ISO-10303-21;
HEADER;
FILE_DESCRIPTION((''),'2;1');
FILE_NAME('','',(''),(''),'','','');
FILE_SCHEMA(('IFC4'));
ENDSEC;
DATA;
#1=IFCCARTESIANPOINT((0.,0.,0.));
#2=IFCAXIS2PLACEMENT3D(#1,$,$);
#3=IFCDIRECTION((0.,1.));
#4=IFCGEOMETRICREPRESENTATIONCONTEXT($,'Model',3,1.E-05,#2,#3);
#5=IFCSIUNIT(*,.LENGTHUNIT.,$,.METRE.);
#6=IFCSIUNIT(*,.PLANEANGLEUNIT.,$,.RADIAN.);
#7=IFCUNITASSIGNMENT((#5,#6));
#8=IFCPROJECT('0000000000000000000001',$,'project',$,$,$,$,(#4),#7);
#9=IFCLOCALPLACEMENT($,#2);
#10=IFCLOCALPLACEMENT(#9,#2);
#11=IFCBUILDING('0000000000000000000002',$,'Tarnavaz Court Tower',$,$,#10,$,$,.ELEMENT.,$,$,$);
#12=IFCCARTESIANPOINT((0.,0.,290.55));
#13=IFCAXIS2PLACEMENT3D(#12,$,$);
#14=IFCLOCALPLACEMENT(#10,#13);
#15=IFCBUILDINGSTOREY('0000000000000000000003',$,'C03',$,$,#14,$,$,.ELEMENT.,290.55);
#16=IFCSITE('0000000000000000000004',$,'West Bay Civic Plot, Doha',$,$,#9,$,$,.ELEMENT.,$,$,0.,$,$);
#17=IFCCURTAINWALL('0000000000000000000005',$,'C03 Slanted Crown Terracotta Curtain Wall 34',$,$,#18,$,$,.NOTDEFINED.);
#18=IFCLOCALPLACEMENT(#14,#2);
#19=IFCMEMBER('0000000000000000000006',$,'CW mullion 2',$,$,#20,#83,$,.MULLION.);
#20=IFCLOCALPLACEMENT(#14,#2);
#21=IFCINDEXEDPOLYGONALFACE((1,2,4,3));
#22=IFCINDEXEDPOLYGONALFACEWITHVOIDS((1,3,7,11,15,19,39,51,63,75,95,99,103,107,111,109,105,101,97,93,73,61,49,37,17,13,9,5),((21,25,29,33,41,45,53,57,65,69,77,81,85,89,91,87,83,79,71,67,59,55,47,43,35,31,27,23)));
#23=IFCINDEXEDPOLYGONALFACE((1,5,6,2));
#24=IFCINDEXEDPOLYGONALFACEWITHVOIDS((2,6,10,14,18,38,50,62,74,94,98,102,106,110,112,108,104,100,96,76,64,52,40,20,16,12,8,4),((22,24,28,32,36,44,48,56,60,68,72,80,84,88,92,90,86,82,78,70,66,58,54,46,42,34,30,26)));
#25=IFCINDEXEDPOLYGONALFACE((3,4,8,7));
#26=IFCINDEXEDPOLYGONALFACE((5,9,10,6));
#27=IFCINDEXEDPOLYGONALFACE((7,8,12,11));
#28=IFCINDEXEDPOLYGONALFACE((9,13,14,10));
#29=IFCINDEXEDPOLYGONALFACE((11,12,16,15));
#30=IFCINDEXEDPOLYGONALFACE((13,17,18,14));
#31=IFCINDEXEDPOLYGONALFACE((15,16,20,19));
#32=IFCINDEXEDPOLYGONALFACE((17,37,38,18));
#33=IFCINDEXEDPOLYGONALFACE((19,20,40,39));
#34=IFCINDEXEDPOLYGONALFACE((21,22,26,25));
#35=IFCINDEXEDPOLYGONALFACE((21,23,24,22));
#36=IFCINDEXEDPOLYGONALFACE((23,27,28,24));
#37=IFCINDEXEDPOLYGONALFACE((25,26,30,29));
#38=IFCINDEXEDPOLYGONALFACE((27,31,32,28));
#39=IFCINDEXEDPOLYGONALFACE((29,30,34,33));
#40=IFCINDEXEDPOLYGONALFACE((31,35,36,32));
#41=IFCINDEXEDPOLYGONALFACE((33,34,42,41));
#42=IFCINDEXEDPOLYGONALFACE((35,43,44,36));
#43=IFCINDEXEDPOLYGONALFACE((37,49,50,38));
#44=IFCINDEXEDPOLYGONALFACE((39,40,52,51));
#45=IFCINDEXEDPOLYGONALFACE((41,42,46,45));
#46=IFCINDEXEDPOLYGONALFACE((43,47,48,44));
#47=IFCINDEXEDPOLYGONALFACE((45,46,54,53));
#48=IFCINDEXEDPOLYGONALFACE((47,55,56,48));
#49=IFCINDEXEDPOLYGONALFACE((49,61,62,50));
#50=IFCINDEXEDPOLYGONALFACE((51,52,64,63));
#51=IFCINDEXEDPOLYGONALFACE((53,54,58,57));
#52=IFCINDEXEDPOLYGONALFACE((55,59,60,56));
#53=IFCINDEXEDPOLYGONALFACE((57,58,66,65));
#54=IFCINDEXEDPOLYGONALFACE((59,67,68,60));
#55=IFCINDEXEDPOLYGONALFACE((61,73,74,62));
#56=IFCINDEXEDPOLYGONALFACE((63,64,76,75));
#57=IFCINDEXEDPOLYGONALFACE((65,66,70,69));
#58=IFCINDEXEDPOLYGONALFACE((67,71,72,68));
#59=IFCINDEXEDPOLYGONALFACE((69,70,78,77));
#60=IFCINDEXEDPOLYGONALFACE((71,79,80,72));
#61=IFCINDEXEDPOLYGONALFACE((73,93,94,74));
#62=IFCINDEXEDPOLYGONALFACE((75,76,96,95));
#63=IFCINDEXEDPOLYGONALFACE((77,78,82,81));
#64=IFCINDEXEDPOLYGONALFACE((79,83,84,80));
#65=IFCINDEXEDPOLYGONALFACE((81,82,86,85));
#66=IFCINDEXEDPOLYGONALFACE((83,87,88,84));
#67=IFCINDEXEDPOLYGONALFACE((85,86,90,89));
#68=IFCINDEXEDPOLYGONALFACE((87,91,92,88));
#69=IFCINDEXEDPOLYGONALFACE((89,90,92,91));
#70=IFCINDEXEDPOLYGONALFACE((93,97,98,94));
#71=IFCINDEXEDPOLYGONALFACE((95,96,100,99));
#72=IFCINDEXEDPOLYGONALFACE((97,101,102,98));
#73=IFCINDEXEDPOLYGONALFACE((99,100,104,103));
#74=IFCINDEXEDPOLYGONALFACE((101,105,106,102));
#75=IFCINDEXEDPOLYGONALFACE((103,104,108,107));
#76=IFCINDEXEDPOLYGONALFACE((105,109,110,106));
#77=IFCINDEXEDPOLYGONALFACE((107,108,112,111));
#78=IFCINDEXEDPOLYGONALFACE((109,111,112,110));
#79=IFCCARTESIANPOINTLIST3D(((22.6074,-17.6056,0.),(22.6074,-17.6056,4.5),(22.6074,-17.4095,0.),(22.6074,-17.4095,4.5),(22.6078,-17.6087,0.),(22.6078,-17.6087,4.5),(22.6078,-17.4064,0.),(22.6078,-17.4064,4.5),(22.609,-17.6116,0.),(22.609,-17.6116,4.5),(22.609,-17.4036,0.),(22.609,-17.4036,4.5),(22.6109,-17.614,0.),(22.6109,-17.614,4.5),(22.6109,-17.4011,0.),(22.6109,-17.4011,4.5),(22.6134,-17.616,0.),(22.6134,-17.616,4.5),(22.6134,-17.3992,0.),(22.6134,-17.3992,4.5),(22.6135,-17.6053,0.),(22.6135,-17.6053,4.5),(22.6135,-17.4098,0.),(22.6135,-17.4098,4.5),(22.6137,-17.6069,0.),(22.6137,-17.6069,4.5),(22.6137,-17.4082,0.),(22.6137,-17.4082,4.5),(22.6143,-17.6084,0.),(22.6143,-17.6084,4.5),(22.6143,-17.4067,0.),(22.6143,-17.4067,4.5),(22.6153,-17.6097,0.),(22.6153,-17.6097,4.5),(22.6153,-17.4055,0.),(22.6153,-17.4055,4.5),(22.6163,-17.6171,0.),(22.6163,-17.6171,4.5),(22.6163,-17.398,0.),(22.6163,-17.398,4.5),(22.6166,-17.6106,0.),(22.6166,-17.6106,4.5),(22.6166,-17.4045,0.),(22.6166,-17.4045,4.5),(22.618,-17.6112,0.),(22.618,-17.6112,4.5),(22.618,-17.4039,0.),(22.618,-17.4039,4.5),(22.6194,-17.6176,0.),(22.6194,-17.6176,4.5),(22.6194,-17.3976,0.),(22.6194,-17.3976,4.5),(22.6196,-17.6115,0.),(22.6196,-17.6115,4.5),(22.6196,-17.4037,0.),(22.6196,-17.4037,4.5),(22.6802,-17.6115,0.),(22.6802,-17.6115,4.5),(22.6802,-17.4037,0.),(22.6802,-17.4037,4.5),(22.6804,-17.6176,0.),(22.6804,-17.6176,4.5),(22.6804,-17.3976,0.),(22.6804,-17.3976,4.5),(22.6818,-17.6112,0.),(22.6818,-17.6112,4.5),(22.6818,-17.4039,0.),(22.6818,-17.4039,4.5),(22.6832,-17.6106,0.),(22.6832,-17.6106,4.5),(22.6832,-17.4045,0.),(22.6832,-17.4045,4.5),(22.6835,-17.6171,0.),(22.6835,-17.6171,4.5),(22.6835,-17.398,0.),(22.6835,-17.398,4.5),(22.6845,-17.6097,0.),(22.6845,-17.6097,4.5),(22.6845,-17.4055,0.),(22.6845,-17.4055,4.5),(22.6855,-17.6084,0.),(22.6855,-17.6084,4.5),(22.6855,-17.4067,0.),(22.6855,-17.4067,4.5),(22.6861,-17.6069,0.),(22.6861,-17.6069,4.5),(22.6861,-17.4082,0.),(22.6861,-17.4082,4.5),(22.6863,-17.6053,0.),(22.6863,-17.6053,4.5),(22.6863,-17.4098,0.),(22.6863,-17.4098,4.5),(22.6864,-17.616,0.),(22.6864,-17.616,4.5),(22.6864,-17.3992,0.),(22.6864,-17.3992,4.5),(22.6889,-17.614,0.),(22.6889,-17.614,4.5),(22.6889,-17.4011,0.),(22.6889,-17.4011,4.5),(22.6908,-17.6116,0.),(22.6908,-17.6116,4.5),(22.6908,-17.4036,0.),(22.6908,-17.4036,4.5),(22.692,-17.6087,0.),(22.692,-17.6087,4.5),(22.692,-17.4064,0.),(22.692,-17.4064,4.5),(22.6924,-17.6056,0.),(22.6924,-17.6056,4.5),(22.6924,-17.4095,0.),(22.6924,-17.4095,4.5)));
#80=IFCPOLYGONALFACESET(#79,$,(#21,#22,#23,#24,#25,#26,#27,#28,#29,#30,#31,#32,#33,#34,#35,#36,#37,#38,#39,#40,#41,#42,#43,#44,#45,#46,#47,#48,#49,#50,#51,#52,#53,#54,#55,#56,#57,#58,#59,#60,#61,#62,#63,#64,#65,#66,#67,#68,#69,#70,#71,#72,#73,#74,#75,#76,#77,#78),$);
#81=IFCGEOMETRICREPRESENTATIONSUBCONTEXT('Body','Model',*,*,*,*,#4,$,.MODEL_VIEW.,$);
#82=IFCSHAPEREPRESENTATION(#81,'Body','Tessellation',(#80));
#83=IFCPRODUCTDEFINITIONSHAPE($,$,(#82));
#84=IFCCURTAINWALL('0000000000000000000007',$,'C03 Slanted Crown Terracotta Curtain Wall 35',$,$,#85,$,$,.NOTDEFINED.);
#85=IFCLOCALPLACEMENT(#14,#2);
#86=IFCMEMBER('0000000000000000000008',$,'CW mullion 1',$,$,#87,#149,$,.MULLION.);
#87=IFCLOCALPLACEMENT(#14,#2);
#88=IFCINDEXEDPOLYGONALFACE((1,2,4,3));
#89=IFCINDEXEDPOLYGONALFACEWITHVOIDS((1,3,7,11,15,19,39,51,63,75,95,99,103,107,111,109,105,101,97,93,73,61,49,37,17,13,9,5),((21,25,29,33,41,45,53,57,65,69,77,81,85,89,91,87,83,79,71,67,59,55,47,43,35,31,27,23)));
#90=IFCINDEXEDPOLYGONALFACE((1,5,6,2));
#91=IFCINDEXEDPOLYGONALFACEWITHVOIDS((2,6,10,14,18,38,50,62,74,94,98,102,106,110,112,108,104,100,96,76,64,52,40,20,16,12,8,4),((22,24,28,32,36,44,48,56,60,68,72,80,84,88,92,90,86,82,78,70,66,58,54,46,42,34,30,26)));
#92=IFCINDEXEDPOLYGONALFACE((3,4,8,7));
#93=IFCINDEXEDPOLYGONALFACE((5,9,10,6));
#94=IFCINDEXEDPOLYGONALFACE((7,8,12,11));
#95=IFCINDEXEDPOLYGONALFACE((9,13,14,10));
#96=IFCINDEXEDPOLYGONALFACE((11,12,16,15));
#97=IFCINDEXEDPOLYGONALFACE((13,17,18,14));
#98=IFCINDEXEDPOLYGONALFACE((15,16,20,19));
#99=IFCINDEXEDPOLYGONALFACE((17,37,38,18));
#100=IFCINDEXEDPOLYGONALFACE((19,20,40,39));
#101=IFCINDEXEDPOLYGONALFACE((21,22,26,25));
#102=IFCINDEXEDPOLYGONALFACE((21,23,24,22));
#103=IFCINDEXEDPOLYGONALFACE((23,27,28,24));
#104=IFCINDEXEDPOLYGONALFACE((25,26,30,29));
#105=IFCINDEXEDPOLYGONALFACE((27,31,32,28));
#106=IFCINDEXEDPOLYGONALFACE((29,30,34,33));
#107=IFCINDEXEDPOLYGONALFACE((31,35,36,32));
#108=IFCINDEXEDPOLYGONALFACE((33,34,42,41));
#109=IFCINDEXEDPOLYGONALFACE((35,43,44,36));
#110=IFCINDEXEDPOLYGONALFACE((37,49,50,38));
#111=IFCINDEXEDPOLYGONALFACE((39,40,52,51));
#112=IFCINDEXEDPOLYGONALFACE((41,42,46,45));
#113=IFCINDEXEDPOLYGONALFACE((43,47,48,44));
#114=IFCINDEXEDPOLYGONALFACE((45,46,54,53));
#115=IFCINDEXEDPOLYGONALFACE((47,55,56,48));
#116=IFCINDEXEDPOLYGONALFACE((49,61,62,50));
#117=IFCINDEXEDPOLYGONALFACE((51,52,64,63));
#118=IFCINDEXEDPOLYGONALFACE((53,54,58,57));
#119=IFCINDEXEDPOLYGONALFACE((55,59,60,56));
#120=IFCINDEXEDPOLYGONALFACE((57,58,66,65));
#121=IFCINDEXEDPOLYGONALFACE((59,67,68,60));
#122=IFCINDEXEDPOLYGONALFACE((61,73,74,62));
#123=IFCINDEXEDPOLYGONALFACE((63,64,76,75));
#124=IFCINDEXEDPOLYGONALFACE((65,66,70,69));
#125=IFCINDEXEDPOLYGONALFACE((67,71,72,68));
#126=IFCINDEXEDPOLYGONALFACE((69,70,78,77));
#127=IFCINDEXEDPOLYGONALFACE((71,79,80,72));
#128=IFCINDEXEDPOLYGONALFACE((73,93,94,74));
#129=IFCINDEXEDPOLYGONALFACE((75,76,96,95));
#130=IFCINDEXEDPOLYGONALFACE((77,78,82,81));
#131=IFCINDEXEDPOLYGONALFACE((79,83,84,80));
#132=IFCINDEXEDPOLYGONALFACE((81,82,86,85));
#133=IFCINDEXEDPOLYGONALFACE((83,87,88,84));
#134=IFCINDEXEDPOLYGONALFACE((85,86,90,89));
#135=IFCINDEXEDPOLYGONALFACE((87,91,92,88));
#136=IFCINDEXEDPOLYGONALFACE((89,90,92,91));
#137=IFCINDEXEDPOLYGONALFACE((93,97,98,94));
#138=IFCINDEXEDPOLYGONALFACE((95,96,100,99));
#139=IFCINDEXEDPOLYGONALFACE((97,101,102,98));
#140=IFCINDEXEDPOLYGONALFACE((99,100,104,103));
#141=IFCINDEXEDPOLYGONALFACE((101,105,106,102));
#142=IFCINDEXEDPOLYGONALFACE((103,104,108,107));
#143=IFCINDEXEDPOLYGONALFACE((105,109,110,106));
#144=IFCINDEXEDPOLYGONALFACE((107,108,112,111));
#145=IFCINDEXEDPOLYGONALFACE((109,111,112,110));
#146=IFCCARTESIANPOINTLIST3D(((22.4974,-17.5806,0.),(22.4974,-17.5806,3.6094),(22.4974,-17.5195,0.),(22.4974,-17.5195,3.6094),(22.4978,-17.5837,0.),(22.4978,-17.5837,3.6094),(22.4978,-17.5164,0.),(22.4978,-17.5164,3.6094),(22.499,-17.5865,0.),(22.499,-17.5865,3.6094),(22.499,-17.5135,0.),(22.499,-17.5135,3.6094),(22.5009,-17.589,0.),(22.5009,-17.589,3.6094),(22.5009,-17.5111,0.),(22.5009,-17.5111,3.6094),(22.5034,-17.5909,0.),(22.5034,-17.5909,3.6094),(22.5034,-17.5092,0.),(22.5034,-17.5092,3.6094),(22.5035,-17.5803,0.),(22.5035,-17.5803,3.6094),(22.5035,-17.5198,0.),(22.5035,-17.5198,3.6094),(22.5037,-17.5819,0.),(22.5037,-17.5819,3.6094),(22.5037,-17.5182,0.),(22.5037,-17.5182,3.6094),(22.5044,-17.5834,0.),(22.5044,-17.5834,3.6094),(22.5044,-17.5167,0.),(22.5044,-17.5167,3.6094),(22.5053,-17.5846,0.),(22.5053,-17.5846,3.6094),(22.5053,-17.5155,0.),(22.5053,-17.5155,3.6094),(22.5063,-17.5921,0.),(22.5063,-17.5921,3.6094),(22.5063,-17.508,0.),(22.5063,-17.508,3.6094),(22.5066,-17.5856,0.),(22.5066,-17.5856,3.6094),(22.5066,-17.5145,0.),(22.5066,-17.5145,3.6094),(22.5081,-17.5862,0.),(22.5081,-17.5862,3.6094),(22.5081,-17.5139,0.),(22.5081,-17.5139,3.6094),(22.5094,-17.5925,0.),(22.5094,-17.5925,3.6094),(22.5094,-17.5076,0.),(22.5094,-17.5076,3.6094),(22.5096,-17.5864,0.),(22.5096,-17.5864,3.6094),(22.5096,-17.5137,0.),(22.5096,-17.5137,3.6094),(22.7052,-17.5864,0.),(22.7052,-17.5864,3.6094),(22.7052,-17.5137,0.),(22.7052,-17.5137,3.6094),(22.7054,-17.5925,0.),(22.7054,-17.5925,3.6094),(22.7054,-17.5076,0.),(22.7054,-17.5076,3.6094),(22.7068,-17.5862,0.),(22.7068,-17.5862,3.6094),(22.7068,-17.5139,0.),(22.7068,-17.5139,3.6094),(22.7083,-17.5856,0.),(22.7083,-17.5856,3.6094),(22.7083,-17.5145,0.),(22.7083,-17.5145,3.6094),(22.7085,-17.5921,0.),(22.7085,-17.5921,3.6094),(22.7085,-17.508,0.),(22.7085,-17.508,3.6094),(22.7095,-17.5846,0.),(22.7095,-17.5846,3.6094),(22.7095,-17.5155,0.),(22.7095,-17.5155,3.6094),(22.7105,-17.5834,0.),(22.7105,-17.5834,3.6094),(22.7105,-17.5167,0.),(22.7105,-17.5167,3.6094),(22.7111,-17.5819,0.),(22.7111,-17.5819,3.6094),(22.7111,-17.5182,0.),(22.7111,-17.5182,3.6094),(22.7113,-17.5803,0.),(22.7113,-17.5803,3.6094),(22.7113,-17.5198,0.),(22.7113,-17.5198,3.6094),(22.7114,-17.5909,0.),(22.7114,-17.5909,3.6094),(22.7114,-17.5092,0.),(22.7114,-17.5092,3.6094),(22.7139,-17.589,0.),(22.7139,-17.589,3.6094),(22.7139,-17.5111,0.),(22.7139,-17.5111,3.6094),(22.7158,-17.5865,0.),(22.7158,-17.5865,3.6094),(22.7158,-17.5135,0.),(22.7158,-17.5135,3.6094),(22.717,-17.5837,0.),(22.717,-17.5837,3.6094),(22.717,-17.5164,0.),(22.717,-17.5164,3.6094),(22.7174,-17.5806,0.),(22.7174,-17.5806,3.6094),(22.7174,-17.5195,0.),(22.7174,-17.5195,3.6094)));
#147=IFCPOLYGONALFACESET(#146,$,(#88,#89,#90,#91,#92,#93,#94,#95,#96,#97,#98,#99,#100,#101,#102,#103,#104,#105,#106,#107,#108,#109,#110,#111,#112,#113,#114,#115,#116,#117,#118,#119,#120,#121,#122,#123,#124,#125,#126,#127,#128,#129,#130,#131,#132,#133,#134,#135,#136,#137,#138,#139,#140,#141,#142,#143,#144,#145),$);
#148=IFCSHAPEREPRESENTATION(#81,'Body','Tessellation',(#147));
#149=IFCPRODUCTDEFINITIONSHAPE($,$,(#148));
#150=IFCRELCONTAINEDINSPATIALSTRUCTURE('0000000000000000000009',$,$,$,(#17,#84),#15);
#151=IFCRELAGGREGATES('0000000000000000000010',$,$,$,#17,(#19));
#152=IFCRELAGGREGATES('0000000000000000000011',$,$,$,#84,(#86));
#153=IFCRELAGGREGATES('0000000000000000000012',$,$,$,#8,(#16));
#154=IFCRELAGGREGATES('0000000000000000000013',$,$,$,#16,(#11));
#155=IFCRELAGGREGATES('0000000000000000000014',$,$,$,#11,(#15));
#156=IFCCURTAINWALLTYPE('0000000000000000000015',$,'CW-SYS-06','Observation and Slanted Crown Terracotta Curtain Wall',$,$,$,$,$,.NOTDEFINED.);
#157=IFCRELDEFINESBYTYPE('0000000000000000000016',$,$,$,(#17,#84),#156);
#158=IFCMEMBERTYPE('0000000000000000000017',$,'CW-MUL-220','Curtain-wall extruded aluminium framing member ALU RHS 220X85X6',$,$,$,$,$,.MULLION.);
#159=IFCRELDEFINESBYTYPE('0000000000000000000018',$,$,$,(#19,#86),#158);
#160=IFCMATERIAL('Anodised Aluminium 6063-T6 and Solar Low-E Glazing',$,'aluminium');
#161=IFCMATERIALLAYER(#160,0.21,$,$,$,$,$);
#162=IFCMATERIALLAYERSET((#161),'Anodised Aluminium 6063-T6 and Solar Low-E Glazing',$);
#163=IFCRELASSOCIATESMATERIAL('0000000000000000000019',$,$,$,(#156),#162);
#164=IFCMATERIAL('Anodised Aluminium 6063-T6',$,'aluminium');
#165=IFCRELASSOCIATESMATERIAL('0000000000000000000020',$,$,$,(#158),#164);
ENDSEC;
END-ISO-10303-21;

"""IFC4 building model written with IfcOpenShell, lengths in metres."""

from ifc_helpers import new_model, si_unit, direction, frame, origin, origin_2d, place, context, subcontext, project, spatial, hollow_rectangle, extrude, material, layer, layer_set, material_profile, profile_set, type_object, element, aggregate, save


model = new_model("IFC4")

# Units and contexts
model_context = context("Model", 3, precision=1e-05, world=origin(), true_north=direction((0.0, 1.0)))
body_context = subcontext(model_context, "Body", "Model", "MODEL_VIEW")
ifc_project = project(units=[si_unit("LENGTHUNIT", "METRE"), si_unit("PLANEANGLEUNIT", "RADIAN")], contexts=[model_context])

# Site, building, storey
site_placement = place(None, origin())
site = spatial("IfcSite", under=ifc_project, at=site_placement, Name="West Bay Civic Plot, Doha", CompositionType="ELEMENT", RefElevation=0.0)
building_placement = place(site_placement, origin())
building = spatial("IfcBuilding", under=site, at=building_placement, Name="Tarnavaz Court Tower", CompositionType="ELEMENT")
storey_placement = place(building_placement, frame((0.0, 0.0, 290.55)))
storey = spatial("IfcBuildingStorey", under=building, at=storey_placement, Name="C03", CompositionType="ELEMENT", Elevation=290.55)

# Shared definitions
ifc_material_1 = material(Name="Anodised Aluminium 6063-T6 and Solar Low-E Glazing", Category="aluminium")
ifc_layer_1 = layer(ifc_material_1, 0.21)
ifc_layer_set_1 = layer_set([ifc_layer_1], Name="Anodised Aluminium 6063-T6 and Solar Low-E Glazing")
curtain_wall_type = type_object("IfcCurtainWallType", Name="CW-SYS-06", Description="Observation and Slanted Crown Terracotta Curtain Wall", PredefinedType="NOTDEFINED", material=ifc_layer_set_1)
ifc_material_2 = material(Name="Anodised Aluminium 6063-T6", Category="aluminium")
ifc_material_profile_1 = material_profile(ifc_material_2, hollow_rectangle(XDim=0.085, YDim=0.22, WallThickness=0.0061, InnerFilletRadius=0.0061, OuterFilletRadius=0.012, at=origin_2d()), Name="ALU RHS 220X85X6")
ifc_profile_set_1 = profile_set([ifc_material_profile_1], Name="Anodised Aluminium 6063-T6")
member_type_1 = type_object("IfcMemberType", Name="CW-MUL-220", Description="Curtain-wall extruded aluminium framing member ALU RHS 220X85X6", PredefinedType="MULLION", material=ifc_profile_set_1)

# Curtain wall, member
curtain_wall_1_placement = place(storey_placement, origin())
curtain_wall_1 = element("IfcCurtainWall", 1, at=curtain_wall_1_placement, inside=storey, type_object=curtain_wall_type, Name="C03 Slanted Crown Terracotta Curtain Wall 34", PredefinedType="NOTDEFINED")
member_1_placement = place(storey_placement, frame((22.6499, -17.5076, 0.0), z_axis=(0.0, 0.0, 1.0), x_axis=(1.0, 0.0, 0.0)))
member_1 = element("IfcMember", 2, at=member_1_placement, type_object=member_type_1, Name="CW mullion 2", PredefinedType="MULLION", context=body_context, shape_type="SweptSolid", body=[
    extrude(hollow_rectangle(XDim=0.085, YDim=0.22, WallThickness=0.0061, InnerFilletRadius=0.0061, OuterFilletRadius=0.012, at=origin_2d()), origin(), (0.0, 0.0, 1.0), 4.5),
])

# Curtain wall, member
curtain_wall_2_placement = place(storey_placement, origin())
curtain_wall_2 = element("IfcCurtainWall", 3, at=curtain_wall_2_placement, inside=storey, type_object=curtain_wall_type, Name="C03 Slanted Crown Terracotta Curtain Wall 35", PredefinedType="NOTDEFINED")
member_2_placement = place(storey_placement, frame((22.6074, -17.55, 0.0), z_axis=(0.0, 0.0, 1.0), x_axis=(0.0, -1.0, 0.0)))
member_2 = element("IfcMember", 4, at=member_2_placement, type_object=member_type_1, Name="CW mullion 1", PredefinedType="MULLION", context=body_context, shape_type="SweptSolid", body=[
    extrude(hollow_rectangle(XDim=0.085, YDim=0.22, WallThickness=0.0061, InnerFilletRadius=0.0061, OuterFilletRadius=0.012, at=origin_2d()), origin(), (0.0, 0.0, 1.0), 3.6094),
])

aggregate(curtain_wall_1, [member_1])
aggregate(curtain_wall_2, [member_2])

save(model, "model.ifc")
